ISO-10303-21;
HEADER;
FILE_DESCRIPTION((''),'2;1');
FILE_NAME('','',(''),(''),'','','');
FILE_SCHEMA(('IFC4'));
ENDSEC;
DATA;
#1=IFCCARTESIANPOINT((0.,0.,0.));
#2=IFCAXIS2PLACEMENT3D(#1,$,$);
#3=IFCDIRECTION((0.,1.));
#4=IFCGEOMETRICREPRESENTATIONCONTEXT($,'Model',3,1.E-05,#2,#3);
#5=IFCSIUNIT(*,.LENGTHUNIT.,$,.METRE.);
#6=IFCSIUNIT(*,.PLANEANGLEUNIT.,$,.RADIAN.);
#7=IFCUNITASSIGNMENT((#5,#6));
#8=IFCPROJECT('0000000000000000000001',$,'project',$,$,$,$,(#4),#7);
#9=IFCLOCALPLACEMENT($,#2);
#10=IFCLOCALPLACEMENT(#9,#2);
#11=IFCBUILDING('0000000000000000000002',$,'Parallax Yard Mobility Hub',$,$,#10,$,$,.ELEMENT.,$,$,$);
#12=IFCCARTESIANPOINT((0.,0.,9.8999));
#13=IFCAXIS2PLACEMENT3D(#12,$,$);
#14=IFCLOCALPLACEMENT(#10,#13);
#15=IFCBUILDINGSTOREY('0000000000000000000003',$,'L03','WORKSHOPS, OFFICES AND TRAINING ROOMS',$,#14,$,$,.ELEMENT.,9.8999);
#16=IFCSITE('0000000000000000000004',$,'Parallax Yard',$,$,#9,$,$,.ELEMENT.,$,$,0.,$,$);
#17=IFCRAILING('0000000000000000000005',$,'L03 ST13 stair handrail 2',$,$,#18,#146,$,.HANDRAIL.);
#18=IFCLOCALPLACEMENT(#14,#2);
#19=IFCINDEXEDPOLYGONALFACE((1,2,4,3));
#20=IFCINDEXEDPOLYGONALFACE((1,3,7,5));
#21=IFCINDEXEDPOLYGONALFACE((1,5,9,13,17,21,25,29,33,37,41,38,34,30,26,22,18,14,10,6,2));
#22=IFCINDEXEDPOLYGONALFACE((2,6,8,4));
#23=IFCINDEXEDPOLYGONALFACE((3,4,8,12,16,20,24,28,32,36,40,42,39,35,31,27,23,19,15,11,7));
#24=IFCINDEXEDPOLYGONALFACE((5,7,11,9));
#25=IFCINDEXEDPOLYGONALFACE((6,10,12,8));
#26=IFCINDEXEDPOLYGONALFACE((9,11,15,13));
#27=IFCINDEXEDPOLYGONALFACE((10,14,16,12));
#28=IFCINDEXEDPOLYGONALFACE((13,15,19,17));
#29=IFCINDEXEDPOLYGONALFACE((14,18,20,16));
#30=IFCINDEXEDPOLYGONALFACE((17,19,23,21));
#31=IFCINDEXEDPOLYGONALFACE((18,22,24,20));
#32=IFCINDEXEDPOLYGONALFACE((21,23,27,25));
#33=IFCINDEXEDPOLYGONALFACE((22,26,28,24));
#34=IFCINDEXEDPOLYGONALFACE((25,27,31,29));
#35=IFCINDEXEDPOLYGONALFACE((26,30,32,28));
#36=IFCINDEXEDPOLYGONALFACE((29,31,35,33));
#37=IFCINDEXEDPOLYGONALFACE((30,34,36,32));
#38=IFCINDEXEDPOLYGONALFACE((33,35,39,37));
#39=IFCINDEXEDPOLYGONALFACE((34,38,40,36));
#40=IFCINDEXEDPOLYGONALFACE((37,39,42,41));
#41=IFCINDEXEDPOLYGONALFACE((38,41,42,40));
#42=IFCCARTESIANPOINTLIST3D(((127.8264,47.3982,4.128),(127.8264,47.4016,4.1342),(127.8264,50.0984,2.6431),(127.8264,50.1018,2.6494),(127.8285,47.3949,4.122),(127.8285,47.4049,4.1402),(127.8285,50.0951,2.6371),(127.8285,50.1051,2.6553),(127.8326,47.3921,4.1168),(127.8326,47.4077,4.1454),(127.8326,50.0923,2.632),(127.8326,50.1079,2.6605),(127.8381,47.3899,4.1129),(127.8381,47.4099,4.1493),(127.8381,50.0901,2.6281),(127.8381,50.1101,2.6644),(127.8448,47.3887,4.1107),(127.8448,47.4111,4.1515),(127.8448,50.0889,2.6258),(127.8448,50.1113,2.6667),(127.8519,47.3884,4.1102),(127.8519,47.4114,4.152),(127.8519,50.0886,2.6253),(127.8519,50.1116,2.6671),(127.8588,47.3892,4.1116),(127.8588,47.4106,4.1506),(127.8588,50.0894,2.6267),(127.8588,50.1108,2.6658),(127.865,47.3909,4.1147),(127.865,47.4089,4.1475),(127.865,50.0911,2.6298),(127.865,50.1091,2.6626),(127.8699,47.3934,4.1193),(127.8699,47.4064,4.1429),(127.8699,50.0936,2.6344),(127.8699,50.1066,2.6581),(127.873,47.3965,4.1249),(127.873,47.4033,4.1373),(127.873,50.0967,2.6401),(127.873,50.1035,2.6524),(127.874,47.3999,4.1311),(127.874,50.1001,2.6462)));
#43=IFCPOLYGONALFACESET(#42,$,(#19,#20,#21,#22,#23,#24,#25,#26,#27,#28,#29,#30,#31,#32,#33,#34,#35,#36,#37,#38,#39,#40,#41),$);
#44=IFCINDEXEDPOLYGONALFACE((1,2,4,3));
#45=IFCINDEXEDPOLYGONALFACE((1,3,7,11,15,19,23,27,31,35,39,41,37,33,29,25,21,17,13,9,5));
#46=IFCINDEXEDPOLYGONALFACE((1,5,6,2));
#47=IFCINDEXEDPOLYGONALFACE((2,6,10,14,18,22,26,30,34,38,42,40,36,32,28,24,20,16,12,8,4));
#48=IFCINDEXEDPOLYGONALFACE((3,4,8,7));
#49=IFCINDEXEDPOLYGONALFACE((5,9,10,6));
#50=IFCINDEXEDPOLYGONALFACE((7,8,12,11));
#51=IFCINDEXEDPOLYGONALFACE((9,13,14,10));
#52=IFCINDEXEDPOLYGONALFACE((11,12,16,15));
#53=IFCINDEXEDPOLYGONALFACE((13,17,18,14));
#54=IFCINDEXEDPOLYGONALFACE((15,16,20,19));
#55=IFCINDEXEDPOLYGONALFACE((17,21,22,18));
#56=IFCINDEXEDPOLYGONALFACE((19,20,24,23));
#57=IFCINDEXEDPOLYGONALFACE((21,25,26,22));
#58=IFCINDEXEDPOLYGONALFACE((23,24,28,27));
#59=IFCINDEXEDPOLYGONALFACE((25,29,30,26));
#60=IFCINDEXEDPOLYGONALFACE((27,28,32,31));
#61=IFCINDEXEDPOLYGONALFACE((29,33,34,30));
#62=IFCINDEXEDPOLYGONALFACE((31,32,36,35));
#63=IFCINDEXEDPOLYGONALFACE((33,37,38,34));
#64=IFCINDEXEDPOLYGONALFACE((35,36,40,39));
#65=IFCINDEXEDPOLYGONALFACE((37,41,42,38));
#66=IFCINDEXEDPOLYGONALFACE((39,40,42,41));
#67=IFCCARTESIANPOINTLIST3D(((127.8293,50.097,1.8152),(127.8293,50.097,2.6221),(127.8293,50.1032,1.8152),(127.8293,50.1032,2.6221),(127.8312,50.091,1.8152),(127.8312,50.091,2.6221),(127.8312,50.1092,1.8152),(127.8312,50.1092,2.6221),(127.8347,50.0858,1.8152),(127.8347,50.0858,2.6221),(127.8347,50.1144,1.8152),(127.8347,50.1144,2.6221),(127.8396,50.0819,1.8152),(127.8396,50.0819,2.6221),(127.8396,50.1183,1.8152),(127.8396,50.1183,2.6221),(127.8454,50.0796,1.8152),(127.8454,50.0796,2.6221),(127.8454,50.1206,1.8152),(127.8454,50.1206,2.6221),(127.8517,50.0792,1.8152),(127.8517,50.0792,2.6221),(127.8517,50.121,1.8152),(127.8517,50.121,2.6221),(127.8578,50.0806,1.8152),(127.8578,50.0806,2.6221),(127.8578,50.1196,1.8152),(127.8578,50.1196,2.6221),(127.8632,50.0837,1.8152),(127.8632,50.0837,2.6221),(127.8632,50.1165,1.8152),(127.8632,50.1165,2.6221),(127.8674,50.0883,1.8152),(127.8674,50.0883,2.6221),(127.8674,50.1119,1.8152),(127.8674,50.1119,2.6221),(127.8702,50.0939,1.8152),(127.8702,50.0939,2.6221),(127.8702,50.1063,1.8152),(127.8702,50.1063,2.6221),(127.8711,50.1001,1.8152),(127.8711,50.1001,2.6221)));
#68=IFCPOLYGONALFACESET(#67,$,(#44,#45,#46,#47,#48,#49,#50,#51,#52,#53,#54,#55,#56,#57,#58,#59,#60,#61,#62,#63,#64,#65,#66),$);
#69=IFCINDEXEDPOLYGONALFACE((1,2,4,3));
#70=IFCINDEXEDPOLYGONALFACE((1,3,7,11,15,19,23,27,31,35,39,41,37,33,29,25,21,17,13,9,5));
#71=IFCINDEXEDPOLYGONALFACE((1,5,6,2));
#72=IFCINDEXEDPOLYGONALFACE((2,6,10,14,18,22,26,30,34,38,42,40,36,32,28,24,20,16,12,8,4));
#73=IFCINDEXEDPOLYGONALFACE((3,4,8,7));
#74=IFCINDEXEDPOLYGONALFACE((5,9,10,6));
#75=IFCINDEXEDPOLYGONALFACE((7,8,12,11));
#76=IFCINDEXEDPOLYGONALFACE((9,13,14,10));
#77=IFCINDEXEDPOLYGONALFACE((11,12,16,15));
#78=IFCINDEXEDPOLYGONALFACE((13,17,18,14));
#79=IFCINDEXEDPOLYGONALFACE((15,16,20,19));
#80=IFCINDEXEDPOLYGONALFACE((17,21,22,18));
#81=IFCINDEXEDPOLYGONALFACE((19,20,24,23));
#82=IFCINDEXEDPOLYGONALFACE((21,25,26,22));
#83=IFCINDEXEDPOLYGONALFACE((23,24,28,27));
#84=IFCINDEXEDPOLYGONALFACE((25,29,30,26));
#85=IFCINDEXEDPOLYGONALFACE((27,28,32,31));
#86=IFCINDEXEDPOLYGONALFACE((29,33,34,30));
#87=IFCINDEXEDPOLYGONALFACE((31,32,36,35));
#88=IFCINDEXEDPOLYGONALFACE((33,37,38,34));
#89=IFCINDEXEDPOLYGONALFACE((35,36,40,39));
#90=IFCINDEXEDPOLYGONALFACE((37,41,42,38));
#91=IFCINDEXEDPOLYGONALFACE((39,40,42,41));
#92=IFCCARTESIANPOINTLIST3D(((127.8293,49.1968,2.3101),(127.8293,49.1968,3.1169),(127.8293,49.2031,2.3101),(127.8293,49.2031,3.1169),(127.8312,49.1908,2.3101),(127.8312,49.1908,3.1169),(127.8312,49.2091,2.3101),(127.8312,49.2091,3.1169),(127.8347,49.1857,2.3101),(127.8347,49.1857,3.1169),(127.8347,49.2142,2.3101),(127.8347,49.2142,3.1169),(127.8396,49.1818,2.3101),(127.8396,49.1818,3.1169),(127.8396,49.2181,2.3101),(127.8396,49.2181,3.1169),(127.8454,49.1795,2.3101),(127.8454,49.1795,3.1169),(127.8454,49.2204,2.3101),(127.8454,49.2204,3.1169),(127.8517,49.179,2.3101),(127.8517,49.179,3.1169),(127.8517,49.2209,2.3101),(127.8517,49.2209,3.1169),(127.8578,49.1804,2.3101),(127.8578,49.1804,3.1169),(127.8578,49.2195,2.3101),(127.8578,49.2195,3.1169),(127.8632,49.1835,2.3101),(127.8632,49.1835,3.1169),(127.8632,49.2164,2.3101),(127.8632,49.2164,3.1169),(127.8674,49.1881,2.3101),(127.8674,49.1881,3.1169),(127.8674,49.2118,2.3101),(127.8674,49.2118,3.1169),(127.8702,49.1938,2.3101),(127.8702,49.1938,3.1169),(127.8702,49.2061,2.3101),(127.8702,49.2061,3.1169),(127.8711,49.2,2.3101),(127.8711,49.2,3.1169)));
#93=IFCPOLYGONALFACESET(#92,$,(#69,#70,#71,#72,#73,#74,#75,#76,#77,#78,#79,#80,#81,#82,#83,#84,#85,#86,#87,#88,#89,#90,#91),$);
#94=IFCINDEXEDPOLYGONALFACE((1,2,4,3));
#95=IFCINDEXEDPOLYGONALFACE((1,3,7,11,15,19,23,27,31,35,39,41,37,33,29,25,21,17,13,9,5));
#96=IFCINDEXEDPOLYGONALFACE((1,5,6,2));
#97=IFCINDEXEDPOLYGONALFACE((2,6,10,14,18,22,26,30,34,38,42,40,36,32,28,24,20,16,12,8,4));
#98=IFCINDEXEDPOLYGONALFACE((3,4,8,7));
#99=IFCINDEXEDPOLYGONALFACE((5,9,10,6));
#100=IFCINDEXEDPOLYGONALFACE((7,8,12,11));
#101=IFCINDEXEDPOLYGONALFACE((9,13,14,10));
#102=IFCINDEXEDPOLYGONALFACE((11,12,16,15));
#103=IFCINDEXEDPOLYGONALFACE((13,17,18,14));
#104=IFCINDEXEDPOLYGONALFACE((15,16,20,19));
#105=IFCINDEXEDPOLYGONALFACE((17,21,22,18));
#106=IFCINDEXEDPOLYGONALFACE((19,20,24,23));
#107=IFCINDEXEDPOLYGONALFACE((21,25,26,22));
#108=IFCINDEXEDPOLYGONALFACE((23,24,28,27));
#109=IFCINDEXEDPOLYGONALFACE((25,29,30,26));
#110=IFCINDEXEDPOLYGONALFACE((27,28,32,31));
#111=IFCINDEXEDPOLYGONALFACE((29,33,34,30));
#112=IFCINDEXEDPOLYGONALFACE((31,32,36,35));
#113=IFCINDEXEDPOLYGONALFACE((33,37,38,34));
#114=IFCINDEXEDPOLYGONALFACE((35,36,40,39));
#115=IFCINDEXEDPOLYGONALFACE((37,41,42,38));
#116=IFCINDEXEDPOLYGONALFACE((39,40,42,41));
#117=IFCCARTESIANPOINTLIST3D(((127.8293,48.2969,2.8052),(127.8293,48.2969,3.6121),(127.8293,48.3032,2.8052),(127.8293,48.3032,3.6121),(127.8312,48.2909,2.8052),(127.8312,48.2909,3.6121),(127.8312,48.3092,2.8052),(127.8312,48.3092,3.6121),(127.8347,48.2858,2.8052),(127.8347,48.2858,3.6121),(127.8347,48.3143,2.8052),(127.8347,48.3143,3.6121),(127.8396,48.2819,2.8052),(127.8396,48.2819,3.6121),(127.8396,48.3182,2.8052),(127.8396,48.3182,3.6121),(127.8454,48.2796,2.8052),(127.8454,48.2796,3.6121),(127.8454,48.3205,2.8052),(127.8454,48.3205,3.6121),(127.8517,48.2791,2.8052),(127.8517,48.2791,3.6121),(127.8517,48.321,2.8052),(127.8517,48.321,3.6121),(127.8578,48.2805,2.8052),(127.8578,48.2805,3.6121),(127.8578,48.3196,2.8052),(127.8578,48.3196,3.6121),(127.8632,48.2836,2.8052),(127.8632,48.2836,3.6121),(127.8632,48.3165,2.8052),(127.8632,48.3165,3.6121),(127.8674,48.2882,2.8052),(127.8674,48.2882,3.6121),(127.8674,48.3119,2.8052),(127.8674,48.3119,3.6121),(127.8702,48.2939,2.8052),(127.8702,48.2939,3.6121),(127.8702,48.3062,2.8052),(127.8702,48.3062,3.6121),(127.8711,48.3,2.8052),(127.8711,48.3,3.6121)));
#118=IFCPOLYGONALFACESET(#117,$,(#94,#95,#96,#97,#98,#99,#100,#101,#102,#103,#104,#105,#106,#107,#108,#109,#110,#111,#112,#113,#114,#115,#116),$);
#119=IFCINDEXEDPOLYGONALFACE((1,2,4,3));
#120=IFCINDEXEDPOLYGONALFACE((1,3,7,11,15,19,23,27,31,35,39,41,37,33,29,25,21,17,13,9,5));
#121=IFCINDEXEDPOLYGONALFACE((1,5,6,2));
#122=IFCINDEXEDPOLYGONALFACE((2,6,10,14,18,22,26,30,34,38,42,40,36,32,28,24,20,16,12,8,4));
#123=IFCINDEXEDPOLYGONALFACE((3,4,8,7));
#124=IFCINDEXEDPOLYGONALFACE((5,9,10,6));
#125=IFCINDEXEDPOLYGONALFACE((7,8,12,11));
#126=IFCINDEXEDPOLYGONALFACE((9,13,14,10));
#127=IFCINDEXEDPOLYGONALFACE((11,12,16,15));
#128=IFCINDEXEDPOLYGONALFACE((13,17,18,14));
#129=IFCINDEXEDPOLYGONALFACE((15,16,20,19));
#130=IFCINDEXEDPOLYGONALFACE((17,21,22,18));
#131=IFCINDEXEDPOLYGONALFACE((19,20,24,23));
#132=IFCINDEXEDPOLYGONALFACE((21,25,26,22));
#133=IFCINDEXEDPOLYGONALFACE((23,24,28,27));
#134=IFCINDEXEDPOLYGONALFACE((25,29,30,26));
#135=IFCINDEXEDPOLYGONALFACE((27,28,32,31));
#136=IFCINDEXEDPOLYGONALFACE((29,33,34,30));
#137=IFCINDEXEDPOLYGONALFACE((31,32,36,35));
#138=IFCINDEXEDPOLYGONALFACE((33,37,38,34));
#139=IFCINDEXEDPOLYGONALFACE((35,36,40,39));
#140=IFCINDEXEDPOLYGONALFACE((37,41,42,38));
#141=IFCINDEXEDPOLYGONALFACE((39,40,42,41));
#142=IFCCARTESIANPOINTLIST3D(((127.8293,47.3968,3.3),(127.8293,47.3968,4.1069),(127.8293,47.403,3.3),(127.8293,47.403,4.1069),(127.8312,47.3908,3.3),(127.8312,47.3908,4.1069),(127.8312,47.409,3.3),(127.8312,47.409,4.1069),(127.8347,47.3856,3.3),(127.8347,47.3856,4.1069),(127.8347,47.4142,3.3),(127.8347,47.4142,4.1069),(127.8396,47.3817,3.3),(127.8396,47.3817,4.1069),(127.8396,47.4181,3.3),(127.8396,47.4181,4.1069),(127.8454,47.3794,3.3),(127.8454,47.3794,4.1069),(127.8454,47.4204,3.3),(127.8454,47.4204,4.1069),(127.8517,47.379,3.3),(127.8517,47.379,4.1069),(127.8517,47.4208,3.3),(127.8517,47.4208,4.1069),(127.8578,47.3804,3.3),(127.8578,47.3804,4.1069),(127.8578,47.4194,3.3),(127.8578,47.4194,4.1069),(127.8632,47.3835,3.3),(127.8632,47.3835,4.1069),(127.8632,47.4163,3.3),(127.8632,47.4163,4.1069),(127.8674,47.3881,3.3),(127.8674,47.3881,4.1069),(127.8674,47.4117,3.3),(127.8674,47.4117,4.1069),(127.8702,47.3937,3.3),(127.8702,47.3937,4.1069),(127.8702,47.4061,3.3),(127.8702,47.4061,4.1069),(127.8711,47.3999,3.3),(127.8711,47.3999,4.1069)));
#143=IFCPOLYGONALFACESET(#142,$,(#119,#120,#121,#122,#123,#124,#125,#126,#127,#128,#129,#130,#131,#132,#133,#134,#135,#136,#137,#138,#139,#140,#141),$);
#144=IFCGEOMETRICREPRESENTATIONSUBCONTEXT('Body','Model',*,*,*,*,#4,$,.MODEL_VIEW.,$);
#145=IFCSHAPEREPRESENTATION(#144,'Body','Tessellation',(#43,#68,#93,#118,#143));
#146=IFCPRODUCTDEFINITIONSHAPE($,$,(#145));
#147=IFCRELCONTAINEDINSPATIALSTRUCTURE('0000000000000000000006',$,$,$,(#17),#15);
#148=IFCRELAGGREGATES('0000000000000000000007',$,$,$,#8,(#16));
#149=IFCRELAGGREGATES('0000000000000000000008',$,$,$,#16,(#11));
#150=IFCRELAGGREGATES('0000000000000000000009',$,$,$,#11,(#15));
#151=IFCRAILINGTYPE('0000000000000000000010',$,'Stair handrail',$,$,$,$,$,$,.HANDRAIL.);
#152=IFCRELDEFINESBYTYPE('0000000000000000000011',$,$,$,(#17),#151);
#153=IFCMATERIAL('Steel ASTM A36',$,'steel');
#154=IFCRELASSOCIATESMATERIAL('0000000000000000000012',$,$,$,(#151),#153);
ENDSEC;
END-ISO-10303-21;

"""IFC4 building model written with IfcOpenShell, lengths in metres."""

from ifc_helpers import new_model, si_unit, direction, frame, origin, origin_2d, place, context, subcontext, project, spatial, circle, extrude, material, type_object, element, save


model = new_model("IFC4")

# Units and contexts
model_context = context("Model", 3, precision=1e-05, world=origin(), true_north=direction((0.0, 1.0)))
body_context = subcontext(model_context, "Body", "Model", "MODEL_VIEW")
ifc_project = project(units=[si_unit("LENGTHUNIT", "METRE"), si_unit("PLANEANGLEUNIT", "RADIAN")], contexts=[model_context])

# Site, building, storey
site_placement = place(None, origin())
site = spatial("IfcSite", under=ifc_project, at=site_placement, Name="Parallax Yard", CompositionType="ELEMENT", RefElevation=0.0)
building_placement = place(site_placement, origin())
building = spatial("IfcBuilding", under=site, at=building_placement, Name="Parallax Yard Mobility Hub", CompositionType="ELEMENT")
storey_placement = place(building_placement, frame((0.0, 0.0, 9.8999)))
storey = spatial("IfcBuildingStorey", under=building, at=storey_placement, Name="L03", Description="WORKSHOPS, OFFICES AND TRAINING ROOMS", CompositionType="ELEMENT", Elevation=9.8999)

# Railing
ifc_material_1 = material(Name="Steel ASTM A36", Category="steel")
railing_type_1 = type_object("IfcRailingType", Name="Stair handrail", PredefinedType="HANDRAIL", material=ifc_material_1)
railing_1_placement = place(storey_placement, frame((127.8501, 50.1001, 1.8152)))
element("IfcRailing", 1, at=railing_1_placement, inside=storey, type_object=railing_type_1, Name="L03 ST13 stair handrail 2", PredefinedType="HANDRAIL", context=body_context, shape_type="SweptSolid", body=[
    extrude(circle(Radius=0.0239, at=origin_2d()), frame((0.0, 0.0, 0.8311), z_axis=(0.0, -0.876249, 0.481858), x_axis=(1.0, 0.0, 0.0)), (0.0, 0.0, 1.0), 3.0815),
    extrude(circle(Radius=0.021, at=origin_2d()), origin(), (0.0, 0.0, 1.0), 0.8069),
    extrude(circle(Radius=0.021, at=origin_2d()), frame((0.0, -0.9001, 0.4949)), (0.0, 0.0, 1.0), 0.8069),
    extrude(circle(Radius=0.021, at=origin_2d()), frame((0.0, -1.8, 0.99)), (0.0, 0.0, 1.0), 0.8069),
    extrude(circle(Radius=0.021, at=origin_2d()), frame((0.0, -2.7002, 1.4849)), (0.0, 0.0, 1.0), 0.8069),
])

save(model, "model.ifc")
